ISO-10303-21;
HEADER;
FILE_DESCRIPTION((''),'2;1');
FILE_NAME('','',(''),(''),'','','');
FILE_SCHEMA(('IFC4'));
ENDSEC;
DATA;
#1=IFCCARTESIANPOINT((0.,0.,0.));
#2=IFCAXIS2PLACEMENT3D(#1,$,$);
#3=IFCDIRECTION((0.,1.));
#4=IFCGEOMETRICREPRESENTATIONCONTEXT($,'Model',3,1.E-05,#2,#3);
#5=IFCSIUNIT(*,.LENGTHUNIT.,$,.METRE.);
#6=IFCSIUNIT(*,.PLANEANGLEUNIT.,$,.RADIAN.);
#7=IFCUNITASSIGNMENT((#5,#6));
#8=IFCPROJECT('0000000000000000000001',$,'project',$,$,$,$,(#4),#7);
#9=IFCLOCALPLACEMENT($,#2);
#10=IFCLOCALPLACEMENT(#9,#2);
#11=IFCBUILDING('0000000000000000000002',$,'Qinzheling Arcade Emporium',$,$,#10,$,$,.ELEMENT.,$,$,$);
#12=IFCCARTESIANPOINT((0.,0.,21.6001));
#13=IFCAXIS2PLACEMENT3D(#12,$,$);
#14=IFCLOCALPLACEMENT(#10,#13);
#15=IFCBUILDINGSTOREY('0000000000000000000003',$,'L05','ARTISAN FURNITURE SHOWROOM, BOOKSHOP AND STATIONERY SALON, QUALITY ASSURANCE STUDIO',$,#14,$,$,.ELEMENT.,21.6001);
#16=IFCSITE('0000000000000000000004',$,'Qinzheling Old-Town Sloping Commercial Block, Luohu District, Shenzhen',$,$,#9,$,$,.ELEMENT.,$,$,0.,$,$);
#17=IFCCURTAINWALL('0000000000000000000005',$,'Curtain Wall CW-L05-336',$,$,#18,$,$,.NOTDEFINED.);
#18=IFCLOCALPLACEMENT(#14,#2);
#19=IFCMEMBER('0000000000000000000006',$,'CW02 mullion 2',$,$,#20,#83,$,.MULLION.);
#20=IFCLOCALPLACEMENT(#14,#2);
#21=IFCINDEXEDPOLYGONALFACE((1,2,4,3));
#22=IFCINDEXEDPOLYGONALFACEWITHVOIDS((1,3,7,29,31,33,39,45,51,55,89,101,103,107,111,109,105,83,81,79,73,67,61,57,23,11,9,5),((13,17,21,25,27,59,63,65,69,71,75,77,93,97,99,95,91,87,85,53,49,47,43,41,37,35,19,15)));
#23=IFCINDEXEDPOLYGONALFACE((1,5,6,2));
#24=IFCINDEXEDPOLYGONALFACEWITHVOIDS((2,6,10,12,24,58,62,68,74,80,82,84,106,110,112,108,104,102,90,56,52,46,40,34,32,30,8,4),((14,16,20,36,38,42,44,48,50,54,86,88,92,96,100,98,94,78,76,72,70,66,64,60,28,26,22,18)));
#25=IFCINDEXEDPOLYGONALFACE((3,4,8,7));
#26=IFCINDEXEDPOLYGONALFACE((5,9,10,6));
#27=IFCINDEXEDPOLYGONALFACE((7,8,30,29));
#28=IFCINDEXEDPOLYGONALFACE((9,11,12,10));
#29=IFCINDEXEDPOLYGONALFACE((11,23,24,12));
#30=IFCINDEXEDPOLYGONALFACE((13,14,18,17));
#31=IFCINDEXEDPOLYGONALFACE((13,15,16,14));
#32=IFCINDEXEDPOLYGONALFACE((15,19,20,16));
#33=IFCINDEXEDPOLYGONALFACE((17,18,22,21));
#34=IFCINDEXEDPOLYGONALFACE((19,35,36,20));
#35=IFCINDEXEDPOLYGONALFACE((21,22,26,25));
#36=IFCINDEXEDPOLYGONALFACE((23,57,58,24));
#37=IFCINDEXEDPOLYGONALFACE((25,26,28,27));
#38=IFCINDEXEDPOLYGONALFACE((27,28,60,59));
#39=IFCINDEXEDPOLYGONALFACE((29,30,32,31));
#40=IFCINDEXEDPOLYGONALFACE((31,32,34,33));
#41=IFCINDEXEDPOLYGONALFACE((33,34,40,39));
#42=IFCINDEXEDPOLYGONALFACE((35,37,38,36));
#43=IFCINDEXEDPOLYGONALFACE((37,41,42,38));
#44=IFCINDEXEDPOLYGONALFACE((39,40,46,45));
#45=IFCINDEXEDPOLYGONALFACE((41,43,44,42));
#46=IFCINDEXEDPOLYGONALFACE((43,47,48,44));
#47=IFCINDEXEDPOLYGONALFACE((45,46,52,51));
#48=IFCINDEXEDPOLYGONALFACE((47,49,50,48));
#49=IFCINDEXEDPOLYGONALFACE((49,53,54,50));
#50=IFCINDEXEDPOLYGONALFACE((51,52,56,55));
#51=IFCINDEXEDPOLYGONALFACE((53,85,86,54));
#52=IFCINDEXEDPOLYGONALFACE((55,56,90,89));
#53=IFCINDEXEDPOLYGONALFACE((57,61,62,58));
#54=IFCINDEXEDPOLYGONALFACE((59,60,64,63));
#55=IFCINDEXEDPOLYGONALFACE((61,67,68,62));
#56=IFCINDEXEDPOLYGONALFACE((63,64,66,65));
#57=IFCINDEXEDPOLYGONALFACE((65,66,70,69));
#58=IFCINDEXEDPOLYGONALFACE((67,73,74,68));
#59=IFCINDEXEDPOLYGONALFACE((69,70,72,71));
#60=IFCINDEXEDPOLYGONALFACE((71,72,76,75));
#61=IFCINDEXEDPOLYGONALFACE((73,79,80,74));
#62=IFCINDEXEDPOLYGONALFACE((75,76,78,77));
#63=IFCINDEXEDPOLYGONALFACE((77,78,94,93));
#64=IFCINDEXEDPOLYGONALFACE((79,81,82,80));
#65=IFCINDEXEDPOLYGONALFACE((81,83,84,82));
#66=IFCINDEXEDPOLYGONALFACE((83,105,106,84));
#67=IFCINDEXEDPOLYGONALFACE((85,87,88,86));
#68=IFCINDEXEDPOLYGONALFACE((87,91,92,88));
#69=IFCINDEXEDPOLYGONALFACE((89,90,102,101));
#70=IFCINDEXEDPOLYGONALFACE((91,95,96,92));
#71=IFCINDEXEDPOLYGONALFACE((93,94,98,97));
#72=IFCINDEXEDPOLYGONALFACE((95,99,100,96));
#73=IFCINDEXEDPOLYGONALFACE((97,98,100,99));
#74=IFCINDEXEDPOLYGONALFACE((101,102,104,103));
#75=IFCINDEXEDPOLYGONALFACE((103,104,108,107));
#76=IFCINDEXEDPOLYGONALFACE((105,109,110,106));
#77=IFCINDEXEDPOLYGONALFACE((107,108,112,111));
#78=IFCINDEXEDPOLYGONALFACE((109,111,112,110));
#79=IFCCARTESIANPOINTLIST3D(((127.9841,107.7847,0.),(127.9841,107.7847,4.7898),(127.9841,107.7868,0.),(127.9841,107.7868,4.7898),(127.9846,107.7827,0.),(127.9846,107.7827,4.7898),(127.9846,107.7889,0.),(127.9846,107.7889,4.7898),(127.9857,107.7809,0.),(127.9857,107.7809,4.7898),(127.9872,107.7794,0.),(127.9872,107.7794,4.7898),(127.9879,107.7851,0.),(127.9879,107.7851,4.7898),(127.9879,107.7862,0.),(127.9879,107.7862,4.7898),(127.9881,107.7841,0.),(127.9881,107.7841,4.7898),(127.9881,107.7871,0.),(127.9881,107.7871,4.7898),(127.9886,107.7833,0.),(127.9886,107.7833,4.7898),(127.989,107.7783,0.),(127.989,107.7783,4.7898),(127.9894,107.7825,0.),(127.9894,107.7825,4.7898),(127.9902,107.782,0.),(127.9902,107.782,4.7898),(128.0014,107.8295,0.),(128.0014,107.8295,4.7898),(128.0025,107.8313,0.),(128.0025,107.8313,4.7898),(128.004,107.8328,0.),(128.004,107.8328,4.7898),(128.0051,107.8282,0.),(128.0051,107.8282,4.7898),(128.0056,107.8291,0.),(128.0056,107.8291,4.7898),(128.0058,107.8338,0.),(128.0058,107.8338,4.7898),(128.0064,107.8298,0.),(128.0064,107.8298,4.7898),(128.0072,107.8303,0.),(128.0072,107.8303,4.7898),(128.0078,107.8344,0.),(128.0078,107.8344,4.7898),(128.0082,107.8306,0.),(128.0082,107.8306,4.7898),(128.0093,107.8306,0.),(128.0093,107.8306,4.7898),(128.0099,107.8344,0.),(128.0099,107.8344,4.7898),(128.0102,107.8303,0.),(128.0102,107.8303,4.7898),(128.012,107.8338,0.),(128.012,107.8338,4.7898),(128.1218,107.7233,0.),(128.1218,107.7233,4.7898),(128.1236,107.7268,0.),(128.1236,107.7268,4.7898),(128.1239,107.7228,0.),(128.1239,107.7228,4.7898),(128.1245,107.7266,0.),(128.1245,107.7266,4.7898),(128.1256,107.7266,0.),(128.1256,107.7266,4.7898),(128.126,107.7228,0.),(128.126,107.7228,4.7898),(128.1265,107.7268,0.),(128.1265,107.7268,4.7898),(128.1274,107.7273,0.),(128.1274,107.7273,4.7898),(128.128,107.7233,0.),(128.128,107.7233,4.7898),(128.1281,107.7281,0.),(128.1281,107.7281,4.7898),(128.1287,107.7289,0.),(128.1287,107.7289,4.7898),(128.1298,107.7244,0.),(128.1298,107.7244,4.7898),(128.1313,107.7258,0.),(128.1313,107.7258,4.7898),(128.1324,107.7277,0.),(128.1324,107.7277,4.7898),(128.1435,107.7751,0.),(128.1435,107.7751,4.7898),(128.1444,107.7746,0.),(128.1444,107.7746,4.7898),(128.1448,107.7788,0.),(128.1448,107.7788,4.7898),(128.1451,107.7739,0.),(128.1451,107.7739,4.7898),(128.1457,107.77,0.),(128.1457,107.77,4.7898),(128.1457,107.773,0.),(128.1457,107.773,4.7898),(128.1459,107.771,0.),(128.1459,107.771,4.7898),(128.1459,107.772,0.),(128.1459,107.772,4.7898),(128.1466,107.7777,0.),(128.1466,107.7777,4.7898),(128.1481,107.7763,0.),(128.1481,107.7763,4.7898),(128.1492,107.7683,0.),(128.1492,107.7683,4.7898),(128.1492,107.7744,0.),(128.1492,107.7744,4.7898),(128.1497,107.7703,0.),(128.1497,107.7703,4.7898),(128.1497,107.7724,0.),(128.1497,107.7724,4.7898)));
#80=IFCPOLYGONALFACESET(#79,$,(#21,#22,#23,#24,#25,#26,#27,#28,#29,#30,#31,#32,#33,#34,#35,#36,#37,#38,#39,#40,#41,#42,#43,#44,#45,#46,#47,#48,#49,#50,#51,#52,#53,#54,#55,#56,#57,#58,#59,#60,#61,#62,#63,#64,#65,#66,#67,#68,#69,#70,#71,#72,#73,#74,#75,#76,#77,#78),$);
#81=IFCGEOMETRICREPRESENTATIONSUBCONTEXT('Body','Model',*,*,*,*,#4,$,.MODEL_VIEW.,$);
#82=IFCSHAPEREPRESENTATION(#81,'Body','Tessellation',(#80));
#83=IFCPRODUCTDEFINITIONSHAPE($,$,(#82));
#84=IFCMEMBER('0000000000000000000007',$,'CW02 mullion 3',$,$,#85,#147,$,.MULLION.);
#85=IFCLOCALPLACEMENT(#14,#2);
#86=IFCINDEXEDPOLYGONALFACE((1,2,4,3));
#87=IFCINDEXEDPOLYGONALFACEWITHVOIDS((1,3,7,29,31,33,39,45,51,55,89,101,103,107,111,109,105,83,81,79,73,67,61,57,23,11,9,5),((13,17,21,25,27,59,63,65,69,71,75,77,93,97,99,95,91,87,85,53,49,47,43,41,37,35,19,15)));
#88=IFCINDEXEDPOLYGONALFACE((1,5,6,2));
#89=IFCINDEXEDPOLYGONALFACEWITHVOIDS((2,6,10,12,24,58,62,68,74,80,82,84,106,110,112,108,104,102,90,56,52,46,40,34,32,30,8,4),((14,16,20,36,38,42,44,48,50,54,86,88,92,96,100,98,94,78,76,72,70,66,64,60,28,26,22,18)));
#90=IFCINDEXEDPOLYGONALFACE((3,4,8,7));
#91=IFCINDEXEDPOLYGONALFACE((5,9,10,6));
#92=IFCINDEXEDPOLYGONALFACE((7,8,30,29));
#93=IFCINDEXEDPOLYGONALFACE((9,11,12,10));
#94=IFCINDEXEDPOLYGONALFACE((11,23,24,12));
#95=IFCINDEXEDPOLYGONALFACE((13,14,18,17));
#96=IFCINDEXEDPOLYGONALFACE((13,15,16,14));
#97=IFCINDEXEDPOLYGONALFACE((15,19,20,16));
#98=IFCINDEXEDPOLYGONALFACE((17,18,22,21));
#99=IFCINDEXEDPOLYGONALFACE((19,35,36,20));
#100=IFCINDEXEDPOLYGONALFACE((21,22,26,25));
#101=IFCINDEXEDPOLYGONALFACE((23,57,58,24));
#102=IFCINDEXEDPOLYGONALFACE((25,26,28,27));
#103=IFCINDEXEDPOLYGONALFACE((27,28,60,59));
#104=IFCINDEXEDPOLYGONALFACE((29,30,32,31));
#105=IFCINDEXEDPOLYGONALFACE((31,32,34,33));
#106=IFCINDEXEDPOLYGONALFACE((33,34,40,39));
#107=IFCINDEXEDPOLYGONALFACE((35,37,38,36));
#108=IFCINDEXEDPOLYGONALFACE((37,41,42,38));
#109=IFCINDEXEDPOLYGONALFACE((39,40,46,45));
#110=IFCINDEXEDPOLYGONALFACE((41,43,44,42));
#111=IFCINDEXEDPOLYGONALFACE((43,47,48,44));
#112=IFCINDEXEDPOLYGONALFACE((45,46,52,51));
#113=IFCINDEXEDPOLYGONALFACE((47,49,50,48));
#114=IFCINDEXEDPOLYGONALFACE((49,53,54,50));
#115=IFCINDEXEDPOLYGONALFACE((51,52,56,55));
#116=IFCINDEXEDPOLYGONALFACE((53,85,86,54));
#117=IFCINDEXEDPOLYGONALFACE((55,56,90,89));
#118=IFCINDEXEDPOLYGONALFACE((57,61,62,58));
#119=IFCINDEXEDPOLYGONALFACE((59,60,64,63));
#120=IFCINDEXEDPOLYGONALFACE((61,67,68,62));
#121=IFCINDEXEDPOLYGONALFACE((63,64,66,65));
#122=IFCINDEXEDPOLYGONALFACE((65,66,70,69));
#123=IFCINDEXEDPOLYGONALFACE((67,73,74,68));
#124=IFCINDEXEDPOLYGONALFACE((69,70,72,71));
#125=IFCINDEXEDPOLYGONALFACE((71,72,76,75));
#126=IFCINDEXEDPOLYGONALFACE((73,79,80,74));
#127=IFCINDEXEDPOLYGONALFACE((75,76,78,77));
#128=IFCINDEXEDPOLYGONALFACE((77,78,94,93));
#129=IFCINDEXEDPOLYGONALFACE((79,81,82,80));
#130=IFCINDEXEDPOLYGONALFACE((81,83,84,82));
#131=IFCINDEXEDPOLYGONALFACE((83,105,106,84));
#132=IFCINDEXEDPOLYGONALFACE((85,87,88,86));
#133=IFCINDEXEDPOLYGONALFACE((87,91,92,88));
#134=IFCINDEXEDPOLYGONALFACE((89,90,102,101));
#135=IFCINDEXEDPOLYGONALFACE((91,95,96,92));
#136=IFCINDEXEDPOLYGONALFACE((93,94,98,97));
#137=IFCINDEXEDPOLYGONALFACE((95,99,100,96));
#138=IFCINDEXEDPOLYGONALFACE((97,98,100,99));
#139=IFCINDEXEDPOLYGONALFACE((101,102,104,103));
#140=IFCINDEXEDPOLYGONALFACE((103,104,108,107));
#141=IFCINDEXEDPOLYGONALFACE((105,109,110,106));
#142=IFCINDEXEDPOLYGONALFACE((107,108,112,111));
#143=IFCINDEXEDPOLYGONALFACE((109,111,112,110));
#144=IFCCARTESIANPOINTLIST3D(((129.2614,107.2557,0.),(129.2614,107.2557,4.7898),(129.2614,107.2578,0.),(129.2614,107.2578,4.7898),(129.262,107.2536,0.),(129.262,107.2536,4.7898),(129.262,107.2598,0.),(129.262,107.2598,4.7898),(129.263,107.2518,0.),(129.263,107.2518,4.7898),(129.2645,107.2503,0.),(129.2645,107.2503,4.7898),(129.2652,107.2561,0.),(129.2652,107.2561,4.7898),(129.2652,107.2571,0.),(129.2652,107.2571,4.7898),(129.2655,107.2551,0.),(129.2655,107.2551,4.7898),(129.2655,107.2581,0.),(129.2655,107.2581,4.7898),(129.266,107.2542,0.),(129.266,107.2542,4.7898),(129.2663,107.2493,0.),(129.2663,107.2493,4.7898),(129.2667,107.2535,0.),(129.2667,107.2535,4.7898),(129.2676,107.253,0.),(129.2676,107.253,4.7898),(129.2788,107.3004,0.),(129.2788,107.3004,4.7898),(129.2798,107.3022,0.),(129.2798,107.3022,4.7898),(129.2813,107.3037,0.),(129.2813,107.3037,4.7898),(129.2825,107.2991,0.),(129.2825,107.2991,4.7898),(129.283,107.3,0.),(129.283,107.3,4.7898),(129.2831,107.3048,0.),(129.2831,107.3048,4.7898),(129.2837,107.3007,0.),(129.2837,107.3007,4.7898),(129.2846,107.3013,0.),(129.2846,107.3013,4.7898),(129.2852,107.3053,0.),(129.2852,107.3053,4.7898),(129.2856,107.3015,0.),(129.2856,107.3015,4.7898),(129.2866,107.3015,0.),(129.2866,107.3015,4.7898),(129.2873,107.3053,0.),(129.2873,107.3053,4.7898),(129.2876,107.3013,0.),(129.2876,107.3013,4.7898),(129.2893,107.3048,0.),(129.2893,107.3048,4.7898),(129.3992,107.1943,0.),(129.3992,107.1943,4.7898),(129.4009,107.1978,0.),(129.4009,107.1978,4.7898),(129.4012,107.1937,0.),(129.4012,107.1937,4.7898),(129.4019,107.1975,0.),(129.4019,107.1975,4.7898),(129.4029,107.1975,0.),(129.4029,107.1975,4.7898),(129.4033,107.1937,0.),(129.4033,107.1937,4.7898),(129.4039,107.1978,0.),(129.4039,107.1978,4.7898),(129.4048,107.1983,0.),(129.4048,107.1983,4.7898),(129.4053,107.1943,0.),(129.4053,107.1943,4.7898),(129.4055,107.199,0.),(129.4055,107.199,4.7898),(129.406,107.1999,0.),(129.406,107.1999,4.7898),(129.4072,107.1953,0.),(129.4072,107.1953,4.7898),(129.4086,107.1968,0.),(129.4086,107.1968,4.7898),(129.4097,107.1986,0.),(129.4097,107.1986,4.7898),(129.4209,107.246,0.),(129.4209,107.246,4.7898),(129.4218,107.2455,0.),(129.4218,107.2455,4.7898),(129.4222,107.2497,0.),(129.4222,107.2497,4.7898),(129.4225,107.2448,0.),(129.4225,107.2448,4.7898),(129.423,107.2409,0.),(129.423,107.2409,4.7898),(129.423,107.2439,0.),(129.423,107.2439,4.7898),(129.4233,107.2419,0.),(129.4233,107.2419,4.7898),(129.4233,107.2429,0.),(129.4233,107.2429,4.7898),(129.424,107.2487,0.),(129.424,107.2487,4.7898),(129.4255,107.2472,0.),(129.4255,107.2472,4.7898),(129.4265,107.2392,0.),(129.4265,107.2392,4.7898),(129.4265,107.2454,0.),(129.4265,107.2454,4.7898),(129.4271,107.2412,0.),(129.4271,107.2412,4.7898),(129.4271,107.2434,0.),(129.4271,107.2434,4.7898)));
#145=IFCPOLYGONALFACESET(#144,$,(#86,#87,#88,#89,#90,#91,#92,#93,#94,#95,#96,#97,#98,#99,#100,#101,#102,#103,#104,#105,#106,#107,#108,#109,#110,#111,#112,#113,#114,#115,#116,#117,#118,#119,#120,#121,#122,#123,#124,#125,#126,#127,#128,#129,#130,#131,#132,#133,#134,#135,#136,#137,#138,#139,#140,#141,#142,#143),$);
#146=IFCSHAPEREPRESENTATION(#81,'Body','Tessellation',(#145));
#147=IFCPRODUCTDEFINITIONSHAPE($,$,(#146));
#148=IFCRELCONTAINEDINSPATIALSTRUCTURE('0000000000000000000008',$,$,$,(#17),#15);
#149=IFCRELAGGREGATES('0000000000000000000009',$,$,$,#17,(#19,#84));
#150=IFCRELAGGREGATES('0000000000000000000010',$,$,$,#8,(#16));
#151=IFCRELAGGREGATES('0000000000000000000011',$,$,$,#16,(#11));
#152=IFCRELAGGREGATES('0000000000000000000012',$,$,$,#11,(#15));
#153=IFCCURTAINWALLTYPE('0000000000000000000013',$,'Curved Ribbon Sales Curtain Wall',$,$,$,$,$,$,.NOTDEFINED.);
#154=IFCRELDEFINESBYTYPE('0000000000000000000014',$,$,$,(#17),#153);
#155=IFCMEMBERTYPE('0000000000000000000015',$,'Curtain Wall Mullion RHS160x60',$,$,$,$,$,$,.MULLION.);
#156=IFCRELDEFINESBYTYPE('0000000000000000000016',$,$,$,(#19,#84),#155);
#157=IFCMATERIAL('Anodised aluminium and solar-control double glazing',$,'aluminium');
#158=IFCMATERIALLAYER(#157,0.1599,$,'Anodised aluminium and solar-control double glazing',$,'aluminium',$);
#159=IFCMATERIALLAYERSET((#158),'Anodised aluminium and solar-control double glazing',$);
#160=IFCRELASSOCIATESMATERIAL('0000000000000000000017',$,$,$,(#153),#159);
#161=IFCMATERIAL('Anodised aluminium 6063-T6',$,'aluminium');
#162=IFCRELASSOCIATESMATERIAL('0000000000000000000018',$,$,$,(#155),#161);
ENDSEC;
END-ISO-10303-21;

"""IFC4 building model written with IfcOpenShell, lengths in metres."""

from ifc_helpers import new_model, si_unit, direction, frame, origin, origin_2d, place, context, subcontext, project, spatial, hollow_rectangle, extrude, material, layer, layer_set, material_profile, profile_set, type_object, element, aggregate, save


model = new_model("IFC4")

# Units and contexts
model_context = context("Model", 3, precision=1e-05, world=origin(), true_north=direction((0.0, 1.0)))
body_context = subcontext(model_context, "Body", "Model", "MODEL_VIEW")
ifc_project = project(units=[si_unit("LENGTHUNIT", "METRE"), si_unit("PLANEANGLEUNIT", "RADIAN")], contexts=[model_context])

# Site, building, storey
site_placement = place(None, origin())
site = spatial("IfcSite", under=ifc_project, at=site_placement, Name="Qinzheling Old-Town Sloping Commercial Block, Luohu District, Shenzhen", CompositionType="ELEMENT", RefElevation=0.0)
building_placement = place(site_placement, origin())
building = spatial("IfcBuilding", under=site, at=building_placement, Name="Qinzheling Arcade Emporium", CompositionType="ELEMENT")
storey_placement = place(building_placement, frame((0.0, 0.0, 21.6001)))
storey = spatial("IfcBuildingStorey", under=building, at=storey_placement, Name="L05", Description="ARTISAN FURNITURE SHOWROOM, BOOKSHOP AND STATIONERY SALON, QUALITY ASSURANCE STUDIO", CompositionType="ELEMENT", Elevation=21.6001)

# Shared definitions
ifc_material_1 = material(Name="Anodised aluminium and solar-control double glazing", Category="aluminium")
ifc_layer_1 = layer(ifc_material_1, 0.1599, Name="Anodised aluminium and solar-control double glazing", Category="aluminium")
ifc_layer_set_1 = layer_set([ifc_layer_1], Name="Anodised aluminium and solar-control double glazing")
curtain_wall_type = type_object("IfcCurtainWallType", Name="Curved Ribbon Sales Curtain Wall", PredefinedType="NOTDEFINED", material=ifc_layer_set_1)
ifc_material_2 = material(Name="Anodised aluminium 6063-T6", Category="aluminium")
ifc_material_profile_1 = material_profile(ifc_material_2, hollow_rectangle(XDim=0.0601, YDim=0.1599, WallThickness=0.0039, InnerFilletRadius=0.0039, OuterFilletRadius=0.0081, at=origin_2d()), Name="RHS 160x60x4", Category="aluminium")
ifc_profile_set_1 = profile_set([ifc_material_profile_1], Name="Anodised aluminium 6063-T6")
member_type_1 = type_object("IfcMemberType", Name="Curtain Wall Mullion RHS160x60", PredefinedType="MULLION", material=ifc_profile_set_1)

# Curtain wall, members
curtain_wall_1_placement = place(storey_placement, origin())
curtain_wall_1 = element("IfcCurtainWall", 1, at=curtain_wall_1_placement, inside=storey, type_object=curtain_wall_type, Name="Curtain Wall CW-L05-336", PredefinedType="NOTDEFINED")
member_1_placement = place(storey_placement, frame((128.0669, 107.7786, 0.0), z_axis=(0.0, 0.0, 1.0), x_axis=(0.382654, 0.923892, 0.0)))
member_1 = element("IfcMember", 2, at=member_1_placement, type_object=member_type_1, Name="CW02 mullion 2", PredefinedType="MULLION", context=body_context, shape_type="SweptSolid", body=[
    extrude(hollow_rectangle(XDim=0.0601, YDim=0.1599, WallThickness=0.0039, InnerFilletRadius=0.0039, OuterFilletRadius=0.0081, at=origin_2d()), origin(), (0.0, 0.0, 1.0), 4.7898),
])
member_2_placement = place(storey_placement, frame((129.3442, 107.2495, 0.0), z_axis=(0.0, 0.0, 1.0), x_axis=(0.382654, 0.923892, 0.0)))
member_2 = element("IfcMember", 3, at=member_2_placement, type_object=member_type_1, Name="CW02 mullion 3", PredefinedType="MULLION", context=body_context, shape_type="SweptSolid", body=[
    extrude(hollow_rectangle(XDim=0.0601, YDim=0.1599, WallThickness=0.0039, InnerFilletRadius=0.0039, OuterFilletRadius=0.0081, at=origin_2d()), origin(), (0.0, 0.0, 1.0), 4.7898),
])

aggregate(curtain_wall_1, [member_1, member_2])

save(model, "model.ifc")
